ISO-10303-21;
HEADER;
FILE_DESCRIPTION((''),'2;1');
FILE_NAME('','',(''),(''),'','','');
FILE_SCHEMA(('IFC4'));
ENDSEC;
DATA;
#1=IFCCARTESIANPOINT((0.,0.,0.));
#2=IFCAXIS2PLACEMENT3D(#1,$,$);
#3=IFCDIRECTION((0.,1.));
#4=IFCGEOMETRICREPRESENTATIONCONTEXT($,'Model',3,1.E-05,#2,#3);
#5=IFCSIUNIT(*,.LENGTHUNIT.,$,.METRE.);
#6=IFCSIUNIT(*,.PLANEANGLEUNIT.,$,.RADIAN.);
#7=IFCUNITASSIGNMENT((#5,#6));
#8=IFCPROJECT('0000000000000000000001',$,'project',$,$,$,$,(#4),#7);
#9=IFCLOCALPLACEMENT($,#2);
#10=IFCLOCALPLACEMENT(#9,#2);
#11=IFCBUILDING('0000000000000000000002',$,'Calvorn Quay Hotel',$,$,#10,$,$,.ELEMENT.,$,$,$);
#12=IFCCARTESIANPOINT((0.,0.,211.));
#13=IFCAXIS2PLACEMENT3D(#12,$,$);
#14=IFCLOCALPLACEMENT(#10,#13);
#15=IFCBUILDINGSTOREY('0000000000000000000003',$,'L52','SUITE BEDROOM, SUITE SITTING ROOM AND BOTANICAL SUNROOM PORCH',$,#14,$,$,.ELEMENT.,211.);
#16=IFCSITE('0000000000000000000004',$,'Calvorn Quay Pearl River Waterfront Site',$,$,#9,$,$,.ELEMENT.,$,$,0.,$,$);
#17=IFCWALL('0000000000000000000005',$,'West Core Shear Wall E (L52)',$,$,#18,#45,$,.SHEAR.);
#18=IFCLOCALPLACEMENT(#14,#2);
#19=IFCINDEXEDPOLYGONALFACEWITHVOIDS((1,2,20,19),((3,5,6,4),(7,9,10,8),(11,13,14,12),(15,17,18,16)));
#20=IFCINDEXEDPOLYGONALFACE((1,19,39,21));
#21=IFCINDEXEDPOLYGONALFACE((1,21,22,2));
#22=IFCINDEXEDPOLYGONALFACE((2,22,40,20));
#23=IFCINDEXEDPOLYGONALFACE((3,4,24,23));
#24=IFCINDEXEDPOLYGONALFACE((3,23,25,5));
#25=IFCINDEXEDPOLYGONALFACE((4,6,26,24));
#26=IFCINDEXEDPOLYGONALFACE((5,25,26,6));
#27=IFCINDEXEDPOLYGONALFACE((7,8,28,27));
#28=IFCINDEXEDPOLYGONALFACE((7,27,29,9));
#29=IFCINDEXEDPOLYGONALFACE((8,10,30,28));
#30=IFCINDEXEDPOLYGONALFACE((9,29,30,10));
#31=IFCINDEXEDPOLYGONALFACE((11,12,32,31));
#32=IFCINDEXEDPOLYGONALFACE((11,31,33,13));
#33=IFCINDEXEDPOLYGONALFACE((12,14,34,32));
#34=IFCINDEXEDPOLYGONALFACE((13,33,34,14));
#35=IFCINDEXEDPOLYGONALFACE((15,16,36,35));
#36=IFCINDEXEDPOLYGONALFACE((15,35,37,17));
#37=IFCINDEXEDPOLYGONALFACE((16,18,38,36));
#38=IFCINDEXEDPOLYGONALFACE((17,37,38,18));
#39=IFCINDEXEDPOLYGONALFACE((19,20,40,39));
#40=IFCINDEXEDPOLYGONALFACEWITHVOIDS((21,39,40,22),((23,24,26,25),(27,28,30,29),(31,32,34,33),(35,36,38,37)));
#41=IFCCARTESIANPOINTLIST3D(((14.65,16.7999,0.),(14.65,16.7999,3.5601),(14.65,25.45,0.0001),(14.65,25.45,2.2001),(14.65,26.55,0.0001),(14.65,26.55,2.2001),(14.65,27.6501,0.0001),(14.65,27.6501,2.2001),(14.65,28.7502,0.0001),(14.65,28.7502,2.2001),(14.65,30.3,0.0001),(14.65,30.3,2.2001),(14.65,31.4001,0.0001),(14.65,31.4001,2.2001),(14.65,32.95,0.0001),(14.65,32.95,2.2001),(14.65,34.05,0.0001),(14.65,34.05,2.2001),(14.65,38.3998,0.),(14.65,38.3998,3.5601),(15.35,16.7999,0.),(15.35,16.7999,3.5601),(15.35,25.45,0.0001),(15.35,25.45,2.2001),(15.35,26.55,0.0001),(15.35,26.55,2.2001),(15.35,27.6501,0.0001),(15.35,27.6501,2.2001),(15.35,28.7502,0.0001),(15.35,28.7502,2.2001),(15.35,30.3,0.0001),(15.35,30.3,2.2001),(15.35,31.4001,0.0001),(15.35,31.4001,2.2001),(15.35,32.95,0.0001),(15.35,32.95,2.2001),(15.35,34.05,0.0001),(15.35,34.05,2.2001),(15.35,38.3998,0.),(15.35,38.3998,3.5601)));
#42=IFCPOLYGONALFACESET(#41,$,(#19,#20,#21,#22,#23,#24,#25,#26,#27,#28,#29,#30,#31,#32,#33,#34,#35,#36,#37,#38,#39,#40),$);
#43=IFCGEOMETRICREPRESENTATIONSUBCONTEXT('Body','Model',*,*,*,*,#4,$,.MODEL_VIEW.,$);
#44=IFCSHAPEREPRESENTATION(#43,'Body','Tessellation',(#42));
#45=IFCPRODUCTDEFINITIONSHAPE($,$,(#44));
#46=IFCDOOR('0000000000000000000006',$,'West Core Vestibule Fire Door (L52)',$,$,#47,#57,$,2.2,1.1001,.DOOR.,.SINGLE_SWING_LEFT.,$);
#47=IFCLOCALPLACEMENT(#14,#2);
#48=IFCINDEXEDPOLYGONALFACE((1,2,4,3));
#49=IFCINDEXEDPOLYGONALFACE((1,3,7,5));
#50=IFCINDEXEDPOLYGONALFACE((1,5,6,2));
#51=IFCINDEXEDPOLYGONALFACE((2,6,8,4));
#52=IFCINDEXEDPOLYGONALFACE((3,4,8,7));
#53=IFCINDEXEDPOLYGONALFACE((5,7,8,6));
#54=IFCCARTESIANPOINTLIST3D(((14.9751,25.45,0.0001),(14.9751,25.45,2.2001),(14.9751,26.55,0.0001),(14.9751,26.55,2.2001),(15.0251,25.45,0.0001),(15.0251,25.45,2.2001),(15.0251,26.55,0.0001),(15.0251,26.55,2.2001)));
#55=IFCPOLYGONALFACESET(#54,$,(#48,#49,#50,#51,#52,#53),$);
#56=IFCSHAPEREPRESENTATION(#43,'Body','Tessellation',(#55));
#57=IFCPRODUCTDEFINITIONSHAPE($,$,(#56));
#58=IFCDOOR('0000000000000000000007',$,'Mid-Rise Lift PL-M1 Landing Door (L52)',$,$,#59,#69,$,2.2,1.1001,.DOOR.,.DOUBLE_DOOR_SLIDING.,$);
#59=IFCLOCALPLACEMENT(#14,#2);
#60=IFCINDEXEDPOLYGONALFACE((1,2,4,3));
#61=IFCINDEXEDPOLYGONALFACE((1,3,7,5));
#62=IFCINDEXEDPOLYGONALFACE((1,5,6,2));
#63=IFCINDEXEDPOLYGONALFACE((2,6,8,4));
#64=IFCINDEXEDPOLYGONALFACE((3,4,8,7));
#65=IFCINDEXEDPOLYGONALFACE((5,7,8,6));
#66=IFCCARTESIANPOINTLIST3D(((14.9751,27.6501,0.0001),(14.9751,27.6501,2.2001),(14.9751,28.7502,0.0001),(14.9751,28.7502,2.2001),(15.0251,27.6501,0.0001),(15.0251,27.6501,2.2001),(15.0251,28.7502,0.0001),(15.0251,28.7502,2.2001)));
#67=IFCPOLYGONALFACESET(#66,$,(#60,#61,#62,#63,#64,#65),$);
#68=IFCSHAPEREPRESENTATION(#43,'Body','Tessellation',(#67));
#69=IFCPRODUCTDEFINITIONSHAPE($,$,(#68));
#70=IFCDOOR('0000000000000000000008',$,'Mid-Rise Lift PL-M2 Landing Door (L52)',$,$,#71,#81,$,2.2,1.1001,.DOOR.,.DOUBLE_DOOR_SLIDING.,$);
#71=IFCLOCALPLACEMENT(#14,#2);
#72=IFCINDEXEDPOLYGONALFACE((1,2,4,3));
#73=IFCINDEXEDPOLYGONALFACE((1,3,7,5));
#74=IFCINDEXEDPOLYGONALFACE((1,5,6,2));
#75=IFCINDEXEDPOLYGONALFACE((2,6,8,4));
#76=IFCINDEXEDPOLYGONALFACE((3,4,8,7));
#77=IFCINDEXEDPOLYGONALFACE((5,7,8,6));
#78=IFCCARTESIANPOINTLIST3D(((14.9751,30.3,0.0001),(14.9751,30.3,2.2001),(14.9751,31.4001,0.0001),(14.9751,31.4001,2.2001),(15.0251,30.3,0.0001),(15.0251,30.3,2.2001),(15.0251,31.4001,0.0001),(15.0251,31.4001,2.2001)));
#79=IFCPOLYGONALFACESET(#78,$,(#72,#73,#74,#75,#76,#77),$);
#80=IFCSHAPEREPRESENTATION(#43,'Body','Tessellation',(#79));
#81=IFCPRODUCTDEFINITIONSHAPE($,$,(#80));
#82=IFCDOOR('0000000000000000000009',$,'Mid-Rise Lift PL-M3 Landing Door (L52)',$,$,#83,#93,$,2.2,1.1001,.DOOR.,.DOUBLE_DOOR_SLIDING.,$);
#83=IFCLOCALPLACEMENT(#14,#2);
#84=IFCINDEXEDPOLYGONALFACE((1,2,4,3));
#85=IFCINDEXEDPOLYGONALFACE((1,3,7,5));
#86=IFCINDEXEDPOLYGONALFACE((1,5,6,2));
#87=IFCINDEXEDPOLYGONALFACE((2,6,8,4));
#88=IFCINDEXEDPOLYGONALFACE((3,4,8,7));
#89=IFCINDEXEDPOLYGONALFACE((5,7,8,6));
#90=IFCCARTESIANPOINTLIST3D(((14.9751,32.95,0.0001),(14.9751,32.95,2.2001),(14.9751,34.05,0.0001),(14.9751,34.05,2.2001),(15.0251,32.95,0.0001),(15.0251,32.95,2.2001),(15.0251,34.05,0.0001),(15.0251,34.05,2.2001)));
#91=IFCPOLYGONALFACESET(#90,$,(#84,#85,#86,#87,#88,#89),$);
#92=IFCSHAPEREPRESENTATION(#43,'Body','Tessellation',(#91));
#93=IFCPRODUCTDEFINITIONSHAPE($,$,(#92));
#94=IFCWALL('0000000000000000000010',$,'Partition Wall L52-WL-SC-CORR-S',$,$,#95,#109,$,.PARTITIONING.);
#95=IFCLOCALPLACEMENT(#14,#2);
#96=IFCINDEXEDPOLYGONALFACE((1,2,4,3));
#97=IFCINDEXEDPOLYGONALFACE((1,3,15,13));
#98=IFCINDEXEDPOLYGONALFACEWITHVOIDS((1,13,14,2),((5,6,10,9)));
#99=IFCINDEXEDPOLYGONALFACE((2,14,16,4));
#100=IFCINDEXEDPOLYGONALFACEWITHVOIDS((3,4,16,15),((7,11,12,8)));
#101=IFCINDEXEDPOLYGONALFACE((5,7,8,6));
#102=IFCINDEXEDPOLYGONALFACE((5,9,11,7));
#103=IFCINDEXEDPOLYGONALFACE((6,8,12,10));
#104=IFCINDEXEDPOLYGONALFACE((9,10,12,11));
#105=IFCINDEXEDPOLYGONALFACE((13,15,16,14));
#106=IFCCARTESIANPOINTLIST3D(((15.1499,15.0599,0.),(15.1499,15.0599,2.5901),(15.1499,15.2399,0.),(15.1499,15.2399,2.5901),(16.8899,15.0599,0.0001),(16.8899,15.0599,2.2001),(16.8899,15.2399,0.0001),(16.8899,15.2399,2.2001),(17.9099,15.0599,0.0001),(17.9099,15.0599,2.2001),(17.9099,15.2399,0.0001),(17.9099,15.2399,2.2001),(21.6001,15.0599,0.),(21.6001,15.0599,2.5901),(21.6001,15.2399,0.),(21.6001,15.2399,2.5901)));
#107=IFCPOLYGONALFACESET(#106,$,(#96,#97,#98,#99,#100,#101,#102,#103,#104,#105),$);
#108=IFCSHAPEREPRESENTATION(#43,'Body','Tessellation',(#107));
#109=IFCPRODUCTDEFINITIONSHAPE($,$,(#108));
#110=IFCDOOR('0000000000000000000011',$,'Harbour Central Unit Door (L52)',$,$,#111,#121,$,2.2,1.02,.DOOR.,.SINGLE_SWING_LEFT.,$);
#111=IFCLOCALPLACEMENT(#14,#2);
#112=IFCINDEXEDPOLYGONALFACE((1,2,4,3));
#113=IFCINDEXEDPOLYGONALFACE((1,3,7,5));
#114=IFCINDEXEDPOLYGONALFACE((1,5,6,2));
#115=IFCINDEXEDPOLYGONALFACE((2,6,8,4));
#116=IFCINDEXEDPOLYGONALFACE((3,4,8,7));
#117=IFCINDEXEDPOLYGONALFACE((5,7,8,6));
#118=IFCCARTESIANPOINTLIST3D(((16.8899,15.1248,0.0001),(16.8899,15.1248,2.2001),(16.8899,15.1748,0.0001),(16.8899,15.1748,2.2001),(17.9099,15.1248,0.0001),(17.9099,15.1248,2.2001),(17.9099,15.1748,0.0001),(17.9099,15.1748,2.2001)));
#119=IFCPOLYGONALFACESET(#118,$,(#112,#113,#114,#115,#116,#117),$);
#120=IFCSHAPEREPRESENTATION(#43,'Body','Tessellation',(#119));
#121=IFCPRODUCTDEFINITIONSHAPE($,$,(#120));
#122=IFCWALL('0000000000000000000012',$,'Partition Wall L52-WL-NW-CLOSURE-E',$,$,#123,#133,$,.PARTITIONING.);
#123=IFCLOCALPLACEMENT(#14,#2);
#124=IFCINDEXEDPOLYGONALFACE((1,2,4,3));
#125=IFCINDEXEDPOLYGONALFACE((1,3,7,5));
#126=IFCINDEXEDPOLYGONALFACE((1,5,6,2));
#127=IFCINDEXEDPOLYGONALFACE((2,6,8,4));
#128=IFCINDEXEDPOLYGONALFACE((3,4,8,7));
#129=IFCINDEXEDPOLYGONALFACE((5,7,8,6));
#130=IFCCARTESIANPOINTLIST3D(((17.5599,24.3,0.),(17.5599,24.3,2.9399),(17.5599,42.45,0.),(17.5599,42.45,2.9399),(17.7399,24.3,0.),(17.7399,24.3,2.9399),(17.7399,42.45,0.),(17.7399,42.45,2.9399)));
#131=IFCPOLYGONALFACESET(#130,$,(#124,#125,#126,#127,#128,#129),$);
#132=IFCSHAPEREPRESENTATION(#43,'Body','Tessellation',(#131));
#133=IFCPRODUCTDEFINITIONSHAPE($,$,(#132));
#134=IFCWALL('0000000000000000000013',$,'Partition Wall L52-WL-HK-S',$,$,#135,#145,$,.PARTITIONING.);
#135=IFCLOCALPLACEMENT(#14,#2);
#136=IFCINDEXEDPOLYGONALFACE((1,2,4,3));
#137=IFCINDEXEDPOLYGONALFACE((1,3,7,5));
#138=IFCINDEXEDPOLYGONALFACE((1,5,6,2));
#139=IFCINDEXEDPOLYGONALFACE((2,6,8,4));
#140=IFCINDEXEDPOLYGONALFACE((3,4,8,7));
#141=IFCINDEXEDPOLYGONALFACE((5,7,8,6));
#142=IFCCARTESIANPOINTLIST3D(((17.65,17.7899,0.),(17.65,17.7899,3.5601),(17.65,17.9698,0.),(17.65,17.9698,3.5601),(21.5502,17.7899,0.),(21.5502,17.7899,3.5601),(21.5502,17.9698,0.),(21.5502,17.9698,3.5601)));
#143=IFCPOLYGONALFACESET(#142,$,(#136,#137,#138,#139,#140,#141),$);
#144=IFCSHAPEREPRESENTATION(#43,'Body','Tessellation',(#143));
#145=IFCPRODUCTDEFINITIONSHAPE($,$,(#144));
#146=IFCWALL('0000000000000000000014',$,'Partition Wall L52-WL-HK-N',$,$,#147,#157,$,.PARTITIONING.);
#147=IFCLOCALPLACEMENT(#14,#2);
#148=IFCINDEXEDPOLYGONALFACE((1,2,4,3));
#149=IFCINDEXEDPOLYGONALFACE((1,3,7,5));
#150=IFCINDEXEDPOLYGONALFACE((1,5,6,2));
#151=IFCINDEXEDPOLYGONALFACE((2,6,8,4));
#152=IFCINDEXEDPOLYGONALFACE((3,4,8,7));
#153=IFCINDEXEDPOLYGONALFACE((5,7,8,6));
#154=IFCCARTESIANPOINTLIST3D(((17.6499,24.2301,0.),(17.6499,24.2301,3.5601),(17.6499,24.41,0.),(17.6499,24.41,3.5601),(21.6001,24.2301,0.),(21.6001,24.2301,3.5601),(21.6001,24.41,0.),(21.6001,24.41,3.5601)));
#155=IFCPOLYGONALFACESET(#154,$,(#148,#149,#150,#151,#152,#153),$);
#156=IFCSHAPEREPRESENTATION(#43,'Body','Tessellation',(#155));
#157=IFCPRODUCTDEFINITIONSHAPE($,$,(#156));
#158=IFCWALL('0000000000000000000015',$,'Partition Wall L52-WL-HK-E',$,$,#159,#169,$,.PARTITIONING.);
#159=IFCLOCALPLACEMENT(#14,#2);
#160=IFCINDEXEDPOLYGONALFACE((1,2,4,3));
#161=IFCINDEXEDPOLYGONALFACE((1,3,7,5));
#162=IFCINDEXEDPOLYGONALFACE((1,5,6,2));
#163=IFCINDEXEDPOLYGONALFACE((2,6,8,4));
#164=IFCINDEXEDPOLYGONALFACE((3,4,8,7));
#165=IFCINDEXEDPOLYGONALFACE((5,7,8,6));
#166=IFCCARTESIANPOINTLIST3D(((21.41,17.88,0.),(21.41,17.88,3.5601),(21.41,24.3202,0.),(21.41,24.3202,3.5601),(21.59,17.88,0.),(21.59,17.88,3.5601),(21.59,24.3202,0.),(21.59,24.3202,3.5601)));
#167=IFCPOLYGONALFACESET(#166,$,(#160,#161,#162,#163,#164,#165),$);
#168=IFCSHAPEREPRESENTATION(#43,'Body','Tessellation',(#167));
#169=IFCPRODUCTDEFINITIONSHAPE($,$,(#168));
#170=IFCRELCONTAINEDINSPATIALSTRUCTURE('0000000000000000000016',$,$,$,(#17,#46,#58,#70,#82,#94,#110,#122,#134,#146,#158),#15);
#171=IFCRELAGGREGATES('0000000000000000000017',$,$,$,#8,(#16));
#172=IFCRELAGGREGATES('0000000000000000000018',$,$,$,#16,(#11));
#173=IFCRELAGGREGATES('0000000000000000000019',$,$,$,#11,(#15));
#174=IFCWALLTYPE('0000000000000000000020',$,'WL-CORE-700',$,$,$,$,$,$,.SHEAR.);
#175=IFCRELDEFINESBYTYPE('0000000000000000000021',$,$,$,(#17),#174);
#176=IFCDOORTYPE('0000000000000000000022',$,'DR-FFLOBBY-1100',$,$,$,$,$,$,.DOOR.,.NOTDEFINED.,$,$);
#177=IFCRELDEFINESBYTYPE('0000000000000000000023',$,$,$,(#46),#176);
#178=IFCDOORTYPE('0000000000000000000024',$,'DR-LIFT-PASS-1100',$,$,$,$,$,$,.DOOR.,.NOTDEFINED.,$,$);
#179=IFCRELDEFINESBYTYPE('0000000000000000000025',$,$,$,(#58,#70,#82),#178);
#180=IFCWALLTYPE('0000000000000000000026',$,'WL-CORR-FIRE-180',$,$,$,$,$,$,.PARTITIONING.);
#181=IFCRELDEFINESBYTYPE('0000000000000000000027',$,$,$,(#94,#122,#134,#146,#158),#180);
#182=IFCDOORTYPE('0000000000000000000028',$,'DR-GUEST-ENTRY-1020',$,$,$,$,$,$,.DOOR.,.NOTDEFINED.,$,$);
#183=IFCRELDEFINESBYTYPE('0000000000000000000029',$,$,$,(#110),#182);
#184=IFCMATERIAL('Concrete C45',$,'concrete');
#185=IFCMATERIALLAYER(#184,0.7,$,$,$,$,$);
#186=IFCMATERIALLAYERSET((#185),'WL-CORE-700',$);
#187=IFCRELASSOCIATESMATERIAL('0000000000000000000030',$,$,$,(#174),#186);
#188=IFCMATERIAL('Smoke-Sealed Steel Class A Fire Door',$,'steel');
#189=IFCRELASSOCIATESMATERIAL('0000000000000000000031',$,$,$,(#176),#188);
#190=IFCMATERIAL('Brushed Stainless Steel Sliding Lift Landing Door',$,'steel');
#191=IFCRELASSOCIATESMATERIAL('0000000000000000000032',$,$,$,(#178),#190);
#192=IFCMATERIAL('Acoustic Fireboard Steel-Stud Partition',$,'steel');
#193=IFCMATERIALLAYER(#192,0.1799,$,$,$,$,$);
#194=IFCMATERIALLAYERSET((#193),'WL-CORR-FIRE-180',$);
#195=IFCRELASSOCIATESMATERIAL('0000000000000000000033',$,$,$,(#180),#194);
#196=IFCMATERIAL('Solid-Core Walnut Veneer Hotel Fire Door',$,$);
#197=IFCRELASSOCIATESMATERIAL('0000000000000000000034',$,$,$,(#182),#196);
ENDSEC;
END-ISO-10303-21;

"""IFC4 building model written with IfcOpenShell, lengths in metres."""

from ifc_helpers import new_model, si_unit, direction, frame, frame_2d, origin, place, context, subcontext, project, spatial, rectangle, extrude, material, layer, layer_set, type_object, element, fill, save


model = new_model("IFC4")

# Units and contexts
model_context = context("Model", 3, precision=1e-05, world=origin(), true_north=direction((0.0, 1.0)))
body_context = subcontext(model_context, "Body", "Model", "MODEL_VIEW")
ifc_project = project(units=[si_unit("LENGTHUNIT", "METRE"), si_unit("PLANEANGLEUNIT", "RADIAN")], contexts=[model_context])

# Site, building, storey
site_placement = place(None, origin())
site = spatial("IfcSite", under=ifc_project, at=site_placement, Name="Calvorn Quay Pearl River Waterfront Site", CompositionType="ELEMENT", RefElevation=0.0)
building_placement = place(site_placement, origin())
building = spatial("IfcBuilding", under=site, at=building_placement, Name="Calvorn Quay Hotel", CompositionType="ELEMENT")
storey_placement = place(building_placement, frame((0.0, 0.0, 211.0)))
storey = spatial("IfcBuildingStorey", under=building, at=storey_placement, Name="L52", Description="SUITE BEDROOM, SUITE SITTING ROOM AND BOTANICAL SUNROOM PORCH", CompositionType="ELEMENT", Elevation=211.0)

# Wall, openings, doors
ifc_material_1 = material(Name="Concrete C45", Category="concrete")
ifc_layer_1 = layer(ifc_material_1, 0.7)
ifc_layer_set_1 = layer_set([ifc_layer_1], Name="WL-CORE-700")
wall_type_1 = type_object("IfcWallType", Name="WL-CORE-700", PredefinedType="SHEAR", material=ifc_layer_set_1)
wall_1_placement = place(storey_placement, frame((15.0, 16.8, 0.0), z_axis=(0.0, 0.0, 1.0), x_axis=(0.0, 1.0, 0.0)))
wall_1 = element("IfcWall", 1, at=wall_1_placement, inside=storey, type_object=wall_type_1, Name="West Core Shear Wall E (L52)", PredefinedType="SHEAR", context=body_context, shape_type="SweptSolid", body=[
    extrude(rectangle(XDim=21.5999, YDim=0.7, at=frame_2d((10.7998, 0.0))), origin(), (0.0, 0.0, 1.0), 3.5601),
])
opening_1_placement = place(wall_1_placement, frame((8.6499, 0.0, 0.0)))
opening_1 = element("IfcOpeningElement", 2, at=opening_1_placement, cuts=wall_1, PredefinedType="OPENING", context=body_context, shape_type="SweptSolid", body=[
    extrude(rectangle(XDim=1.1001, YDim=2.2, at=frame_2d((0.55, 1.1001))), frame((0.0, 0.3599, 0.0), z_axis=(0.0, -1.0, 0.0), x_axis=(1.0, 0.0, 0.0)), (0.0, 0.0, 1.0), 0.72),
])
opening_2_placement = place(wall_1_placement, frame((10.8501, 0.0, 0.0)))
opening_2 = element("IfcOpeningElement", 3, at=opening_2_placement, cuts=wall_1, PredefinedType="OPENING", context=body_context, shape_type="SweptSolid", body=[
    extrude(rectangle(XDim=1.1001, YDim=2.2, at=frame_2d((0.55, 1.1001))), frame((0.0, 0.3599, 0.0), z_axis=(0.0, -1.0, 0.0), x_axis=(1.0, 0.0, 0.0)), (0.0, 0.0, 1.0), 0.72),
])
opening_3_placement = place(wall_1_placement, frame((13.5, 0.0, 0.0)))
opening_3 = element("IfcOpeningElement", 4, at=opening_3_placement, cuts=wall_1, PredefinedType="OPENING", context=body_context, shape_type="SweptSolid", body=[
    extrude(rectangle(XDim=1.1001, YDim=2.2, at=frame_2d((0.55, 1.1001))), frame((0.0, 0.3599, 0.0), z_axis=(0.0, -1.0, 0.0), x_axis=(1.0, 0.0, 0.0)), (0.0, 0.0, 1.0), 0.72),
])
opening_4_placement = place(wall_1_placement, frame((16.1499, 0.0, 0.0)))
opening_4 = element("IfcOpeningElement", 5, at=opening_4_placement, cuts=wall_1, PredefinedType="OPENING", context=body_context, shape_type="SweptSolid", body=[
    extrude(rectangle(XDim=1.1001, YDim=2.2, at=frame_2d((0.55, 1.1001))), frame((0.0, 0.3599, 0.0), z_axis=(0.0, -1.0, 0.0), x_axis=(1.0, 0.0, 0.0)), (0.0, 0.0, 1.0), 0.72),
])
ifc_material_2 = material(Name="Smoke-Sealed Steel Class A Fire Door", Category="steel")
door_type_1 = type_object("IfcDoorType", Name="DR-FFLOBBY-1100", OperationType="NOTDEFINED", PredefinedType="DOOR", material=ifc_material_2)
door_1_placement = place(opening_1_placement, origin())
door_1 = element("IfcDoor", 6, at=door_1_placement, inside=storey, type_object=door_type_1, Name="West Core Vestibule Fire Door (L52)", OperationType="SINGLE_SWING_LEFT", OverallHeight=2.2, OverallWidth=1.1001, PredefinedType="DOOR", context=body_context, shape_type="SweptSolid", body=[
    extrude(rectangle(XDim=1.1001, YDim=2.2, at=frame_2d((0.55, 1.1001))), frame((0.0, 0.0249, 0.0), z_axis=(0.0, -1.0, 0.0), x_axis=(1.0, 0.0, 0.0)), (0.0, 0.0, 1.0), 0.05),
])
fill(opening_1, door_1)
ifc_material_3 = material(Name="Brushed Stainless Steel Sliding Lift Landing Door", Category="steel")
door_type_2 = type_object("IfcDoorType", Name="DR-LIFT-PASS-1100", OperationType="NOTDEFINED", PredefinedType="DOOR", material=ifc_material_3)
door_2_placement = place(opening_2_placement, origin())
door_2 = element("IfcDoor", 7, at=door_2_placement, inside=storey, type_object=door_type_2, Name="Mid-Rise Lift PL-M1 Landing Door (L52)", OperationType="DOUBLE_DOOR_SLIDING", OverallHeight=2.2, OverallWidth=1.1001, PredefinedType="DOOR", context=body_context, shape_type="SweptSolid", body=[
    extrude(rectangle(XDim=1.1001, YDim=2.2, at=frame_2d((0.55, 1.1001))), frame((0.0, 0.0249, 0.0), z_axis=(0.0, -1.0, 0.0), x_axis=(1.0, 0.0, 0.0)), (0.0, 0.0, 1.0), 0.05),
])
fill(opening_2, door_2)
door_3_placement = place(opening_3_placement, origin())
door_3 = element("IfcDoor", 8, at=door_3_placement, inside=storey, type_object=door_type_2, Name="Mid-Rise Lift PL-M2 Landing Door (L52)", OperationType="DOUBLE_DOOR_SLIDING", OverallHeight=2.2, OverallWidth=1.1001, PredefinedType="DOOR", context=body_context, shape_type="SweptSolid", body=[
    extrude(rectangle(XDim=1.1001, YDim=2.2, at=frame_2d((0.55, 1.1001))), frame((0.0, 0.0249, 0.0), z_axis=(0.0, -1.0, 0.0), x_axis=(1.0, 0.0, 0.0)), (0.0, 0.0, 1.0), 0.05),
])
fill(opening_3, door_3)
door_4_placement = place(opening_4_placement, origin())
door_4 = element("IfcDoor", 9, at=door_4_placement, inside=storey, type_object=door_type_2, Name="Mid-Rise Lift PL-M3 Landing Door (L52)", OperationType="DOUBLE_DOOR_SLIDING", OverallHeight=2.2, OverallWidth=1.1001, PredefinedType="DOOR", context=body_context, shape_type="SweptSolid", body=[
    extrude(rectangle(XDim=1.1001, YDim=2.2, at=frame_2d((0.55, 1.1001))), frame((0.0, 0.0249, 0.0), z_axis=(0.0, -1.0, 0.0), x_axis=(1.0, 0.0, 0.0)), (0.0, 0.0, 1.0), 0.05),
])
fill(opening_4, door_4)

# Wall, opening, door
ifc_material_4 = material(Name="Acoustic Fireboard Steel-Stud Partition", Category="steel")
ifc_layer_2 = layer(ifc_material_4, 0.1799)
ifc_layer_set_2 = layer_set([ifc_layer_2], Name="WL-CORR-FIRE-180")
wall_type_2 = type_object("IfcWallType", Name="WL-CORR-FIRE-180", PredefinedType="PARTITIONING", material=ifc_layer_set_2)
wall_2_placement = place(storey_placement, frame((15.1499, 15.1499, 0.0), z_axis=(0.0, 0.0, 1.0), x_axis=(1.0, 0.0, 0.0)))
wall_2 = element("IfcWall", 10, at=wall_2_placement, inside=storey, type_object=wall_type_2, Name="Partition Wall L52-WL-SC-CORR-S", PredefinedType="PARTITIONING", context=body_context, shape_type="SweptSolid", body=[
    extrude(rectangle(XDim=6.4502, YDim=0.1799, at=frame_2d((3.2251, 0.0))), origin(), (0.0, 0.0, 1.0), 2.5901),
])
opening_5_placement = place(wall_2_placement, frame((1.74, 0.0, 0.0)))
opening_5 = element("IfcOpeningElement", 11, at=opening_5_placement, cuts=wall_2, PredefinedType="OPENING", context=body_context, shape_type="SweptSolid", body=[
    extrude(rectangle(XDim=1.02, YDim=2.2, at=frame_2d((0.51, 1.1001))), frame((0.0, 0.0999, 0.0), z_axis=(0.0, -1.0, 0.0), x_axis=(1.0, 0.0, 0.0)), (0.0, 0.0, 1.0), 0.2),
])
ifc_material_5 = material(Name="Solid-Core Walnut Veneer Hotel Fire Door")
door_type_3 = type_object("IfcDoorType", Name="DR-GUEST-ENTRY-1020", OperationType="NOTDEFINED", PredefinedType="DOOR", material=ifc_material_5)
door_5_placement = place(opening_5_placement, origin())
door_5 = element("IfcDoor", 12, at=door_5_placement, inside=storey, type_object=door_type_3, Name="Harbour Central Unit Door (L52)", OperationType="SINGLE_SWING_LEFT", OverallHeight=2.2, OverallWidth=1.02, PredefinedType="DOOR", context=body_context, shape_type="SweptSolid", body=[
    extrude(rectangle(XDim=1.02, YDim=2.2, at=frame_2d((0.51, 1.1001))), frame((0.0, 0.0249, 0.0), z_axis=(0.0, -1.0, 0.0), x_axis=(1.0, 0.0, 0.0)), (0.0, 0.0, 1.0), 0.05),
])
fill(opening_5, door_5)

# Walls
wall_3_placement = place(storey_placement, frame((17.6499, 24.3, 0.0), z_axis=(0.0, 0.0, 1.0), x_axis=(0.0, 1.0, 0.0)))
element("IfcWall", 13, at=wall_3_placement, inside=storey, type_object=wall_type_2, Name="Partition Wall L52-WL-NW-CLOSURE-E", PredefinedType="PARTITIONING", context=body_context, shape_type="SweptSolid", body=[
    extrude(rectangle(XDim=18.1499, YDim=0.1799, at=frame_2d((9.075, 0.0))), origin(), (0.0, 0.0, 1.0), 2.9399),
])
wall_4_placement = place(storey_placement, frame((17.6499, 17.8799, 0.0), z_axis=(0.0, 0.0, 1.0), x_axis=(1.0, 0.0, 0.0)))
element("IfcWall", 14, at=wall_4_placement, inside=storey, type_object=wall_type_2, Name="Partition Wall L52-WL-HK-S", PredefinedType="PARTITIONING", context=body_context, shape_type="SweptSolid", body=[
    extrude(rectangle(XDim=3.9001, YDim=0.1799, at=frame_2d((1.9502, 0.0))), origin(), (0.0, 0.0, 1.0), 3.5601),
])
wall_5_placement = place(storey_placement, frame((17.6499, 24.3201, 0.0), z_axis=(0.0, 0.0, 1.0), x_axis=(1.0, 0.0, 0.0)))
element("IfcWall", 15, at=wall_5_placement, inside=storey, type_object=wall_type_2, Name="Partition Wall L52-WL-HK-N", PredefinedType="PARTITIONING", context=body_context, shape_type="SweptSolid", body=[
    extrude(rectangle(XDim=3.9502, YDim=0.1799, at=frame_2d((1.9751, 0.0))), origin(), (0.0, 0.0, 1.0), 3.5601),
])
wall_6_placement = place(storey_placement, frame((21.5, 17.8799, 0.0), z_axis=(0.0, 0.0, 1.0), x_axis=(0.0, 1.0, 0.0)))
element("IfcWall", 16, at=wall_6_placement, inside=storey, type_object=wall_type_2, Name="Partition Wall L52-WL-HK-E", PredefinedType="PARTITIONING", context=body_context, shape_type="SweptSolid", body=[
    extrude(rectangle(XDim=6.4402, YDim=0.1799, at=frame_2d((3.2202, 0.0))), origin(), (0.0, 0.0, 1.0), 3.5601),
])

save(model, "model.ifc")
